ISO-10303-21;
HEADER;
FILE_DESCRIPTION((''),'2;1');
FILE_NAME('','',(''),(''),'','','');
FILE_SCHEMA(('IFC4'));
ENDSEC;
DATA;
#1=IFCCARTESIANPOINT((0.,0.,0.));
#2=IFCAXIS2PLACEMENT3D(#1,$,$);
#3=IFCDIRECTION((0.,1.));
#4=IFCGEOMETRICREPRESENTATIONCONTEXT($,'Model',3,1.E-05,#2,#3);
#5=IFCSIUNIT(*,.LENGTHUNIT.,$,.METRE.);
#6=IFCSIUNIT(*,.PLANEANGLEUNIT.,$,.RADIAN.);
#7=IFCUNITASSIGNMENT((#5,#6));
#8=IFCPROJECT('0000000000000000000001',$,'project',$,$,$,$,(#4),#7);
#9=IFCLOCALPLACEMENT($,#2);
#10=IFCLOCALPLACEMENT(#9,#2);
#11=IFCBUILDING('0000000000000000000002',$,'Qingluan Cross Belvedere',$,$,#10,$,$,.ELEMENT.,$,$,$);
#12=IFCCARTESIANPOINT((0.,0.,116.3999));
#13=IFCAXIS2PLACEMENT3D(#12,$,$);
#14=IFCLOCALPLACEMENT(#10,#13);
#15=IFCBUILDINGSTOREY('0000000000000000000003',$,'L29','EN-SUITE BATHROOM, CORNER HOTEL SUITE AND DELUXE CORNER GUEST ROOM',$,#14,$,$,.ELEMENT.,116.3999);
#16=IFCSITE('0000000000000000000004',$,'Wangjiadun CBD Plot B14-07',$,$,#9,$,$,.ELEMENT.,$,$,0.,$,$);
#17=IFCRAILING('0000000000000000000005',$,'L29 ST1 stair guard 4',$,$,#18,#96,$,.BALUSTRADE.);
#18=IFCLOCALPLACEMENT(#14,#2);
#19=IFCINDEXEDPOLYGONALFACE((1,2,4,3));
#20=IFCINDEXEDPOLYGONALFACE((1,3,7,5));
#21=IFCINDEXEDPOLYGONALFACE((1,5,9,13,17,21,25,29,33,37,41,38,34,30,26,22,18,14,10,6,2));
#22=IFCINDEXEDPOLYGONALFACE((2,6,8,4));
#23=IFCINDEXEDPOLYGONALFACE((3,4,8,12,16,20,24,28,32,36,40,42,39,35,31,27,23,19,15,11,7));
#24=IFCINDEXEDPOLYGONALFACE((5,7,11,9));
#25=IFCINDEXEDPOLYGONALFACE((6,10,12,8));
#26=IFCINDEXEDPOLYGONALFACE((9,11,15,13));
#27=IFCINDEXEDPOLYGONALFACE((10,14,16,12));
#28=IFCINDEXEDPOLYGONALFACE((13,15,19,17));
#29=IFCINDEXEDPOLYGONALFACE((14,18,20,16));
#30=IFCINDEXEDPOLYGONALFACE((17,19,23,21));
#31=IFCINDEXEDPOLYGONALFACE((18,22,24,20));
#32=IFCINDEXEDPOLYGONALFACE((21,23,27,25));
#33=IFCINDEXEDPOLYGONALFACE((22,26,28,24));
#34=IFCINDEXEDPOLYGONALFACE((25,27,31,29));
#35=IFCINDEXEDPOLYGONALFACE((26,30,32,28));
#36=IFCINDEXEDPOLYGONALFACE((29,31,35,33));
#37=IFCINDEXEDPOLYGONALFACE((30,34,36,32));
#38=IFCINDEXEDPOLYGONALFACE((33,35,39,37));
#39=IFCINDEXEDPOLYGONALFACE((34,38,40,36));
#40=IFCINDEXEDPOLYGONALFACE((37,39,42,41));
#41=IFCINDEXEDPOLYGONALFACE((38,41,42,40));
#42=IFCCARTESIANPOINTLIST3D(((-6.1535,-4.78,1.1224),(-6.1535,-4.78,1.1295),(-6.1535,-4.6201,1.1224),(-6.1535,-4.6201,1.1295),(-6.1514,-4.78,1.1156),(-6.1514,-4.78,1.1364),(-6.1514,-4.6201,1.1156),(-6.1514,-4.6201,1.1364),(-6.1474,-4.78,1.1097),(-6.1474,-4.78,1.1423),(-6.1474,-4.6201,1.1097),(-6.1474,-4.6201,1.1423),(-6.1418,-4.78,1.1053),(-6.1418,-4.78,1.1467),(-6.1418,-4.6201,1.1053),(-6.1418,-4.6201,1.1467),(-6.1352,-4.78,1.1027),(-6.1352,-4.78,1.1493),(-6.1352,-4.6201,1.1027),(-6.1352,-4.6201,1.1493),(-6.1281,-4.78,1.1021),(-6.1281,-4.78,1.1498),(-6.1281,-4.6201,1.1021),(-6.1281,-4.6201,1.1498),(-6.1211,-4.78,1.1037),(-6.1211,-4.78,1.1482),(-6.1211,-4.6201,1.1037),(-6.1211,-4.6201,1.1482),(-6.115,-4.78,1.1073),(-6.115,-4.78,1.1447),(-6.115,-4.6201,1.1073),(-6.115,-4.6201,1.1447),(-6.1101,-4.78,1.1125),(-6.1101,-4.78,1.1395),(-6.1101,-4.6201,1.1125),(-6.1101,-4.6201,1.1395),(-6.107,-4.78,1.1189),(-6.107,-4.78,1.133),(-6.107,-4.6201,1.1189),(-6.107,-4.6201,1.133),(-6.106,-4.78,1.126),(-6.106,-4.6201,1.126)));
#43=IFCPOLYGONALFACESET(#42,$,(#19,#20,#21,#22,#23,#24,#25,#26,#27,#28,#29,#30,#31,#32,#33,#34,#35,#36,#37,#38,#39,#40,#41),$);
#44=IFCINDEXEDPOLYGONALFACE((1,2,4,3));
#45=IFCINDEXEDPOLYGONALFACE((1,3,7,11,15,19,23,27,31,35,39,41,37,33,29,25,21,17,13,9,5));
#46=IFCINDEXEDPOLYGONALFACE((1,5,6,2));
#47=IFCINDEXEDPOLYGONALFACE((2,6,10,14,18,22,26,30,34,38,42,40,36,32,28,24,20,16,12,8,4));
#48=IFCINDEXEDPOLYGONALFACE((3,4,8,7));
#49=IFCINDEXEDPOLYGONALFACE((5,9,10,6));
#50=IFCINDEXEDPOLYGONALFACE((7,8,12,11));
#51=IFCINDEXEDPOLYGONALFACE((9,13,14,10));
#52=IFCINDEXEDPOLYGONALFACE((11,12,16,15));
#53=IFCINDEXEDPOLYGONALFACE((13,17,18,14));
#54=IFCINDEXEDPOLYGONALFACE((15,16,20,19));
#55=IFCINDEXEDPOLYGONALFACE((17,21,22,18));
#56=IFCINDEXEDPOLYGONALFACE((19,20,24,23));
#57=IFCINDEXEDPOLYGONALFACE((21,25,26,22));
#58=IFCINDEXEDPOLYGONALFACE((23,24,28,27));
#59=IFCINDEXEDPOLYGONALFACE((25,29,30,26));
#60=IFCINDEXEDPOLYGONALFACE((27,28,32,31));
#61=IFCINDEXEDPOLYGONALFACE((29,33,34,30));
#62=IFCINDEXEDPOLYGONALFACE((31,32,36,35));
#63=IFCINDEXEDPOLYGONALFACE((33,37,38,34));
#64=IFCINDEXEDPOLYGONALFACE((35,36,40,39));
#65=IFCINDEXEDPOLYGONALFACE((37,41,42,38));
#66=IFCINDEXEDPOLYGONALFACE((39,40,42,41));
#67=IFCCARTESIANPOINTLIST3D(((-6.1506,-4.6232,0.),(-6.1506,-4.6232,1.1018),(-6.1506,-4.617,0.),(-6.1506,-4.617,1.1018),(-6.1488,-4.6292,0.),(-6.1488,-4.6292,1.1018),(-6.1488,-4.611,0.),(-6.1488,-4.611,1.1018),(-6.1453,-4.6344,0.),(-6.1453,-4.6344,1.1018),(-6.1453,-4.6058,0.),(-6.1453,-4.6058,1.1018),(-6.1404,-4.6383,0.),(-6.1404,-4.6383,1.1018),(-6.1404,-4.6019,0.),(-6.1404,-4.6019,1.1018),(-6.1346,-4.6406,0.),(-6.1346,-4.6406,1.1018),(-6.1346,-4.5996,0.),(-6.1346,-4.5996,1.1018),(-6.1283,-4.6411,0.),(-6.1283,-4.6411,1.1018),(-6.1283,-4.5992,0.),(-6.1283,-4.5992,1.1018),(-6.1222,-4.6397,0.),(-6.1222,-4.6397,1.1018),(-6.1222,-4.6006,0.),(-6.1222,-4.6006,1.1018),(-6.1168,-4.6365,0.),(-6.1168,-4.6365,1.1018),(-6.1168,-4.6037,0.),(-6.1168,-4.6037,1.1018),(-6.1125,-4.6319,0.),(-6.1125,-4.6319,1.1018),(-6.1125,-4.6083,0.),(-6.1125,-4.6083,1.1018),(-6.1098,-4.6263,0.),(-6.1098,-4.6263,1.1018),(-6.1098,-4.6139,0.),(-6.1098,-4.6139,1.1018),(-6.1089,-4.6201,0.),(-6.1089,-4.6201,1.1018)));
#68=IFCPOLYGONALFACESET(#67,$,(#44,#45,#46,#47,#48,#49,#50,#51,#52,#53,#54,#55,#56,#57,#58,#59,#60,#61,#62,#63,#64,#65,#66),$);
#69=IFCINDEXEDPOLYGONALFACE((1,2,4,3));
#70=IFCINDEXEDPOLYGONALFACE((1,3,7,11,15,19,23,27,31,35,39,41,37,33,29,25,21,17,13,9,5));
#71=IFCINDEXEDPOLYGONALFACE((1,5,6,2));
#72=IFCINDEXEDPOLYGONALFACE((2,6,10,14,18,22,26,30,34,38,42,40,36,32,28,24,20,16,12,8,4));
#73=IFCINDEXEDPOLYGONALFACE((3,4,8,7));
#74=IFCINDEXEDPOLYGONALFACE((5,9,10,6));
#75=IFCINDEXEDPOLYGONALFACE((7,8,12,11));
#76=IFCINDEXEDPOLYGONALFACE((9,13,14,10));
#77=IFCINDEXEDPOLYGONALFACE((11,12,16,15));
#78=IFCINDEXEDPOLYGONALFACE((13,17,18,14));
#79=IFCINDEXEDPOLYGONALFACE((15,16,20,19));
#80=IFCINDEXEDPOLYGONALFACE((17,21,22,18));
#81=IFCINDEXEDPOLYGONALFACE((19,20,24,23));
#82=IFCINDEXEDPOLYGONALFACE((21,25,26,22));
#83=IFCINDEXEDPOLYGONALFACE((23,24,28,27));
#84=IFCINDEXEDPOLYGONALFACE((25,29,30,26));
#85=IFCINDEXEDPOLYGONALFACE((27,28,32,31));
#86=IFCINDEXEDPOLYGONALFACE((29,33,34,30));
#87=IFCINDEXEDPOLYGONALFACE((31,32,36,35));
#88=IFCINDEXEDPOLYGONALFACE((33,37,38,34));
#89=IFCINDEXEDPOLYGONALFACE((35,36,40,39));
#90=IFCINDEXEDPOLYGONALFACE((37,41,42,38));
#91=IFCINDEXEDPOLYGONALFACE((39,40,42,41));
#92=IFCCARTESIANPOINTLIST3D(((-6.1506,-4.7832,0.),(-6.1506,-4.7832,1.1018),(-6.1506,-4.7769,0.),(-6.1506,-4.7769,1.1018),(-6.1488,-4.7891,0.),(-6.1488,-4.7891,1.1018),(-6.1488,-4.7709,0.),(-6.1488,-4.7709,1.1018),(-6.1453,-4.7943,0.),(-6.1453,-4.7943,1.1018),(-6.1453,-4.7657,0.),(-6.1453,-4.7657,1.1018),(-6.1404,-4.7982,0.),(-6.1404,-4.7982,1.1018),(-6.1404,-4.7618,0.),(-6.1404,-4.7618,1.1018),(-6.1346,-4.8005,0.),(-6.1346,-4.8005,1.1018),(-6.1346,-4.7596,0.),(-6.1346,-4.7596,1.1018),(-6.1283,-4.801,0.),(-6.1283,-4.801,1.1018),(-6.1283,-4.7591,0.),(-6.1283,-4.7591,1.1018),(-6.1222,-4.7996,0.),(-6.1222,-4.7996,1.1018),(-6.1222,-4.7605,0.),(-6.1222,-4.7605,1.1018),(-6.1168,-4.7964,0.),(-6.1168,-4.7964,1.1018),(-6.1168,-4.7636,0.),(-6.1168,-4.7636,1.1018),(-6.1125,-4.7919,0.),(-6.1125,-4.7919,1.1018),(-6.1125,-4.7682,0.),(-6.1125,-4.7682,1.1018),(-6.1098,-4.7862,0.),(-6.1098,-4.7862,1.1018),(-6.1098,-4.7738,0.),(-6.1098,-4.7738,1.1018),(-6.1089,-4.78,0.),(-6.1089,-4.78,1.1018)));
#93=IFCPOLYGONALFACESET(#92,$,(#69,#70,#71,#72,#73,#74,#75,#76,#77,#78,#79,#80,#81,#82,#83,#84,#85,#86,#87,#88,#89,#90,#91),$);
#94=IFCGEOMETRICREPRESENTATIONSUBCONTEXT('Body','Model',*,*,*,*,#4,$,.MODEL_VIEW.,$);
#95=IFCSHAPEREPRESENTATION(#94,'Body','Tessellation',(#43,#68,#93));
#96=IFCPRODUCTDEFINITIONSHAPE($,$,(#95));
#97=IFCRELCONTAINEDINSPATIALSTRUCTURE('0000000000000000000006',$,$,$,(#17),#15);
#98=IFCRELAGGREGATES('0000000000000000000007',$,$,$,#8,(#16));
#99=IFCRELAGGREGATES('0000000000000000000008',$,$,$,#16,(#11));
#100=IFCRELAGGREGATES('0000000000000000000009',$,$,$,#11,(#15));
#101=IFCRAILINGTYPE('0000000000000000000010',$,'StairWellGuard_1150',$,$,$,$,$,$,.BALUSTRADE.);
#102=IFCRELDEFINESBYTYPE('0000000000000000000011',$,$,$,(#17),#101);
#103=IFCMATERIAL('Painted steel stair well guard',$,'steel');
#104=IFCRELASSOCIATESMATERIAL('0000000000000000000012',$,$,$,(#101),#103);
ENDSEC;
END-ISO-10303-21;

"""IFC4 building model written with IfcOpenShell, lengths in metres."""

from ifc_helpers import new_model, si_unit, direction, frame, origin, origin_2d, place, context, subcontext, project, spatial, circle, extrude, material, type_object, element, save


model = new_model("IFC4")

# Units and contexts
model_context = context("Model", 3, precision=1e-05, world=origin(), true_north=direction((0.0, 1.0)))
body_context = subcontext(model_context, "Body", "Model", "MODEL_VIEW")
ifc_project = project(units=[si_unit("LENGTHUNIT", "METRE"), si_unit("PLANEANGLEUNIT", "RADIAN")], contexts=[model_context])

# Site, building, storey
site_placement = place(None, origin())
site = spatial("IfcSite", under=ifc_project, at=site_placement, Name="Wangjiadun CBD Plot B14-07", CompositionType="ELEMENT", RefElevation=0.0)
building_placement = place(site_placement, origin())
building = spatial("IfcBuilding", under=site, at=building_placement, Name="Qingluan Cross Belvedere", CompositionType="ELEMENT")
storey_placement = place(building_placement, frame((0.0, 0.0, 116.3999)))
storey = spatial("IfcBuildingStorey", under=building, at=storey_placement, Name="L29", Description="EN-SUITE BATHROOM, CORNER HOTEL SUITE AND DELUXE CORNER GUEST ROOM", CompositionType="ELEMENT", Elevation=116.3999)

# Railing
ifc_material_1 = material(Name="Painted steel stair well guard", Category="steel")
railing_type_1 = type_object("IfcRailingType", Name="StairWellGuard_1150", PredefinedType="BALUSTRADE", material=ifc_material_1)
railing_1_placement = place(storey_placement, frame((-6.1299, -4.6201, 0.0)))
element("IfcRailing", 1, at=railing_1_placement, inside=storey, type_object=railing_type_1, Name="L29 ST1 stair guard 4", PredefinedType="BALUSTRADE", context=body_context, shape_type="SweptSolid", body=[
    extrude(circle(Radius=0.0239, at=origin_2d()), frame((0.0, 0.0, 1.126), z_axis=(0.0, -1.0, 0.0), x_axis=(1.0, 0.0, 0.0)), (0.0, 0.0, 1.0), 0.1599),
    extrude(circle(Radius=0.021, at=origin_2d()), origin(), (0.0, 0.0, 1.0), 1.1018),
    extrude(circle(Radius=0.021, at=origin_2d()), frame((0.0, -0.1599, 0.0)), (0.0, 0.0, 1.0), 1.1018),
])

save(model, "model.ifc")
